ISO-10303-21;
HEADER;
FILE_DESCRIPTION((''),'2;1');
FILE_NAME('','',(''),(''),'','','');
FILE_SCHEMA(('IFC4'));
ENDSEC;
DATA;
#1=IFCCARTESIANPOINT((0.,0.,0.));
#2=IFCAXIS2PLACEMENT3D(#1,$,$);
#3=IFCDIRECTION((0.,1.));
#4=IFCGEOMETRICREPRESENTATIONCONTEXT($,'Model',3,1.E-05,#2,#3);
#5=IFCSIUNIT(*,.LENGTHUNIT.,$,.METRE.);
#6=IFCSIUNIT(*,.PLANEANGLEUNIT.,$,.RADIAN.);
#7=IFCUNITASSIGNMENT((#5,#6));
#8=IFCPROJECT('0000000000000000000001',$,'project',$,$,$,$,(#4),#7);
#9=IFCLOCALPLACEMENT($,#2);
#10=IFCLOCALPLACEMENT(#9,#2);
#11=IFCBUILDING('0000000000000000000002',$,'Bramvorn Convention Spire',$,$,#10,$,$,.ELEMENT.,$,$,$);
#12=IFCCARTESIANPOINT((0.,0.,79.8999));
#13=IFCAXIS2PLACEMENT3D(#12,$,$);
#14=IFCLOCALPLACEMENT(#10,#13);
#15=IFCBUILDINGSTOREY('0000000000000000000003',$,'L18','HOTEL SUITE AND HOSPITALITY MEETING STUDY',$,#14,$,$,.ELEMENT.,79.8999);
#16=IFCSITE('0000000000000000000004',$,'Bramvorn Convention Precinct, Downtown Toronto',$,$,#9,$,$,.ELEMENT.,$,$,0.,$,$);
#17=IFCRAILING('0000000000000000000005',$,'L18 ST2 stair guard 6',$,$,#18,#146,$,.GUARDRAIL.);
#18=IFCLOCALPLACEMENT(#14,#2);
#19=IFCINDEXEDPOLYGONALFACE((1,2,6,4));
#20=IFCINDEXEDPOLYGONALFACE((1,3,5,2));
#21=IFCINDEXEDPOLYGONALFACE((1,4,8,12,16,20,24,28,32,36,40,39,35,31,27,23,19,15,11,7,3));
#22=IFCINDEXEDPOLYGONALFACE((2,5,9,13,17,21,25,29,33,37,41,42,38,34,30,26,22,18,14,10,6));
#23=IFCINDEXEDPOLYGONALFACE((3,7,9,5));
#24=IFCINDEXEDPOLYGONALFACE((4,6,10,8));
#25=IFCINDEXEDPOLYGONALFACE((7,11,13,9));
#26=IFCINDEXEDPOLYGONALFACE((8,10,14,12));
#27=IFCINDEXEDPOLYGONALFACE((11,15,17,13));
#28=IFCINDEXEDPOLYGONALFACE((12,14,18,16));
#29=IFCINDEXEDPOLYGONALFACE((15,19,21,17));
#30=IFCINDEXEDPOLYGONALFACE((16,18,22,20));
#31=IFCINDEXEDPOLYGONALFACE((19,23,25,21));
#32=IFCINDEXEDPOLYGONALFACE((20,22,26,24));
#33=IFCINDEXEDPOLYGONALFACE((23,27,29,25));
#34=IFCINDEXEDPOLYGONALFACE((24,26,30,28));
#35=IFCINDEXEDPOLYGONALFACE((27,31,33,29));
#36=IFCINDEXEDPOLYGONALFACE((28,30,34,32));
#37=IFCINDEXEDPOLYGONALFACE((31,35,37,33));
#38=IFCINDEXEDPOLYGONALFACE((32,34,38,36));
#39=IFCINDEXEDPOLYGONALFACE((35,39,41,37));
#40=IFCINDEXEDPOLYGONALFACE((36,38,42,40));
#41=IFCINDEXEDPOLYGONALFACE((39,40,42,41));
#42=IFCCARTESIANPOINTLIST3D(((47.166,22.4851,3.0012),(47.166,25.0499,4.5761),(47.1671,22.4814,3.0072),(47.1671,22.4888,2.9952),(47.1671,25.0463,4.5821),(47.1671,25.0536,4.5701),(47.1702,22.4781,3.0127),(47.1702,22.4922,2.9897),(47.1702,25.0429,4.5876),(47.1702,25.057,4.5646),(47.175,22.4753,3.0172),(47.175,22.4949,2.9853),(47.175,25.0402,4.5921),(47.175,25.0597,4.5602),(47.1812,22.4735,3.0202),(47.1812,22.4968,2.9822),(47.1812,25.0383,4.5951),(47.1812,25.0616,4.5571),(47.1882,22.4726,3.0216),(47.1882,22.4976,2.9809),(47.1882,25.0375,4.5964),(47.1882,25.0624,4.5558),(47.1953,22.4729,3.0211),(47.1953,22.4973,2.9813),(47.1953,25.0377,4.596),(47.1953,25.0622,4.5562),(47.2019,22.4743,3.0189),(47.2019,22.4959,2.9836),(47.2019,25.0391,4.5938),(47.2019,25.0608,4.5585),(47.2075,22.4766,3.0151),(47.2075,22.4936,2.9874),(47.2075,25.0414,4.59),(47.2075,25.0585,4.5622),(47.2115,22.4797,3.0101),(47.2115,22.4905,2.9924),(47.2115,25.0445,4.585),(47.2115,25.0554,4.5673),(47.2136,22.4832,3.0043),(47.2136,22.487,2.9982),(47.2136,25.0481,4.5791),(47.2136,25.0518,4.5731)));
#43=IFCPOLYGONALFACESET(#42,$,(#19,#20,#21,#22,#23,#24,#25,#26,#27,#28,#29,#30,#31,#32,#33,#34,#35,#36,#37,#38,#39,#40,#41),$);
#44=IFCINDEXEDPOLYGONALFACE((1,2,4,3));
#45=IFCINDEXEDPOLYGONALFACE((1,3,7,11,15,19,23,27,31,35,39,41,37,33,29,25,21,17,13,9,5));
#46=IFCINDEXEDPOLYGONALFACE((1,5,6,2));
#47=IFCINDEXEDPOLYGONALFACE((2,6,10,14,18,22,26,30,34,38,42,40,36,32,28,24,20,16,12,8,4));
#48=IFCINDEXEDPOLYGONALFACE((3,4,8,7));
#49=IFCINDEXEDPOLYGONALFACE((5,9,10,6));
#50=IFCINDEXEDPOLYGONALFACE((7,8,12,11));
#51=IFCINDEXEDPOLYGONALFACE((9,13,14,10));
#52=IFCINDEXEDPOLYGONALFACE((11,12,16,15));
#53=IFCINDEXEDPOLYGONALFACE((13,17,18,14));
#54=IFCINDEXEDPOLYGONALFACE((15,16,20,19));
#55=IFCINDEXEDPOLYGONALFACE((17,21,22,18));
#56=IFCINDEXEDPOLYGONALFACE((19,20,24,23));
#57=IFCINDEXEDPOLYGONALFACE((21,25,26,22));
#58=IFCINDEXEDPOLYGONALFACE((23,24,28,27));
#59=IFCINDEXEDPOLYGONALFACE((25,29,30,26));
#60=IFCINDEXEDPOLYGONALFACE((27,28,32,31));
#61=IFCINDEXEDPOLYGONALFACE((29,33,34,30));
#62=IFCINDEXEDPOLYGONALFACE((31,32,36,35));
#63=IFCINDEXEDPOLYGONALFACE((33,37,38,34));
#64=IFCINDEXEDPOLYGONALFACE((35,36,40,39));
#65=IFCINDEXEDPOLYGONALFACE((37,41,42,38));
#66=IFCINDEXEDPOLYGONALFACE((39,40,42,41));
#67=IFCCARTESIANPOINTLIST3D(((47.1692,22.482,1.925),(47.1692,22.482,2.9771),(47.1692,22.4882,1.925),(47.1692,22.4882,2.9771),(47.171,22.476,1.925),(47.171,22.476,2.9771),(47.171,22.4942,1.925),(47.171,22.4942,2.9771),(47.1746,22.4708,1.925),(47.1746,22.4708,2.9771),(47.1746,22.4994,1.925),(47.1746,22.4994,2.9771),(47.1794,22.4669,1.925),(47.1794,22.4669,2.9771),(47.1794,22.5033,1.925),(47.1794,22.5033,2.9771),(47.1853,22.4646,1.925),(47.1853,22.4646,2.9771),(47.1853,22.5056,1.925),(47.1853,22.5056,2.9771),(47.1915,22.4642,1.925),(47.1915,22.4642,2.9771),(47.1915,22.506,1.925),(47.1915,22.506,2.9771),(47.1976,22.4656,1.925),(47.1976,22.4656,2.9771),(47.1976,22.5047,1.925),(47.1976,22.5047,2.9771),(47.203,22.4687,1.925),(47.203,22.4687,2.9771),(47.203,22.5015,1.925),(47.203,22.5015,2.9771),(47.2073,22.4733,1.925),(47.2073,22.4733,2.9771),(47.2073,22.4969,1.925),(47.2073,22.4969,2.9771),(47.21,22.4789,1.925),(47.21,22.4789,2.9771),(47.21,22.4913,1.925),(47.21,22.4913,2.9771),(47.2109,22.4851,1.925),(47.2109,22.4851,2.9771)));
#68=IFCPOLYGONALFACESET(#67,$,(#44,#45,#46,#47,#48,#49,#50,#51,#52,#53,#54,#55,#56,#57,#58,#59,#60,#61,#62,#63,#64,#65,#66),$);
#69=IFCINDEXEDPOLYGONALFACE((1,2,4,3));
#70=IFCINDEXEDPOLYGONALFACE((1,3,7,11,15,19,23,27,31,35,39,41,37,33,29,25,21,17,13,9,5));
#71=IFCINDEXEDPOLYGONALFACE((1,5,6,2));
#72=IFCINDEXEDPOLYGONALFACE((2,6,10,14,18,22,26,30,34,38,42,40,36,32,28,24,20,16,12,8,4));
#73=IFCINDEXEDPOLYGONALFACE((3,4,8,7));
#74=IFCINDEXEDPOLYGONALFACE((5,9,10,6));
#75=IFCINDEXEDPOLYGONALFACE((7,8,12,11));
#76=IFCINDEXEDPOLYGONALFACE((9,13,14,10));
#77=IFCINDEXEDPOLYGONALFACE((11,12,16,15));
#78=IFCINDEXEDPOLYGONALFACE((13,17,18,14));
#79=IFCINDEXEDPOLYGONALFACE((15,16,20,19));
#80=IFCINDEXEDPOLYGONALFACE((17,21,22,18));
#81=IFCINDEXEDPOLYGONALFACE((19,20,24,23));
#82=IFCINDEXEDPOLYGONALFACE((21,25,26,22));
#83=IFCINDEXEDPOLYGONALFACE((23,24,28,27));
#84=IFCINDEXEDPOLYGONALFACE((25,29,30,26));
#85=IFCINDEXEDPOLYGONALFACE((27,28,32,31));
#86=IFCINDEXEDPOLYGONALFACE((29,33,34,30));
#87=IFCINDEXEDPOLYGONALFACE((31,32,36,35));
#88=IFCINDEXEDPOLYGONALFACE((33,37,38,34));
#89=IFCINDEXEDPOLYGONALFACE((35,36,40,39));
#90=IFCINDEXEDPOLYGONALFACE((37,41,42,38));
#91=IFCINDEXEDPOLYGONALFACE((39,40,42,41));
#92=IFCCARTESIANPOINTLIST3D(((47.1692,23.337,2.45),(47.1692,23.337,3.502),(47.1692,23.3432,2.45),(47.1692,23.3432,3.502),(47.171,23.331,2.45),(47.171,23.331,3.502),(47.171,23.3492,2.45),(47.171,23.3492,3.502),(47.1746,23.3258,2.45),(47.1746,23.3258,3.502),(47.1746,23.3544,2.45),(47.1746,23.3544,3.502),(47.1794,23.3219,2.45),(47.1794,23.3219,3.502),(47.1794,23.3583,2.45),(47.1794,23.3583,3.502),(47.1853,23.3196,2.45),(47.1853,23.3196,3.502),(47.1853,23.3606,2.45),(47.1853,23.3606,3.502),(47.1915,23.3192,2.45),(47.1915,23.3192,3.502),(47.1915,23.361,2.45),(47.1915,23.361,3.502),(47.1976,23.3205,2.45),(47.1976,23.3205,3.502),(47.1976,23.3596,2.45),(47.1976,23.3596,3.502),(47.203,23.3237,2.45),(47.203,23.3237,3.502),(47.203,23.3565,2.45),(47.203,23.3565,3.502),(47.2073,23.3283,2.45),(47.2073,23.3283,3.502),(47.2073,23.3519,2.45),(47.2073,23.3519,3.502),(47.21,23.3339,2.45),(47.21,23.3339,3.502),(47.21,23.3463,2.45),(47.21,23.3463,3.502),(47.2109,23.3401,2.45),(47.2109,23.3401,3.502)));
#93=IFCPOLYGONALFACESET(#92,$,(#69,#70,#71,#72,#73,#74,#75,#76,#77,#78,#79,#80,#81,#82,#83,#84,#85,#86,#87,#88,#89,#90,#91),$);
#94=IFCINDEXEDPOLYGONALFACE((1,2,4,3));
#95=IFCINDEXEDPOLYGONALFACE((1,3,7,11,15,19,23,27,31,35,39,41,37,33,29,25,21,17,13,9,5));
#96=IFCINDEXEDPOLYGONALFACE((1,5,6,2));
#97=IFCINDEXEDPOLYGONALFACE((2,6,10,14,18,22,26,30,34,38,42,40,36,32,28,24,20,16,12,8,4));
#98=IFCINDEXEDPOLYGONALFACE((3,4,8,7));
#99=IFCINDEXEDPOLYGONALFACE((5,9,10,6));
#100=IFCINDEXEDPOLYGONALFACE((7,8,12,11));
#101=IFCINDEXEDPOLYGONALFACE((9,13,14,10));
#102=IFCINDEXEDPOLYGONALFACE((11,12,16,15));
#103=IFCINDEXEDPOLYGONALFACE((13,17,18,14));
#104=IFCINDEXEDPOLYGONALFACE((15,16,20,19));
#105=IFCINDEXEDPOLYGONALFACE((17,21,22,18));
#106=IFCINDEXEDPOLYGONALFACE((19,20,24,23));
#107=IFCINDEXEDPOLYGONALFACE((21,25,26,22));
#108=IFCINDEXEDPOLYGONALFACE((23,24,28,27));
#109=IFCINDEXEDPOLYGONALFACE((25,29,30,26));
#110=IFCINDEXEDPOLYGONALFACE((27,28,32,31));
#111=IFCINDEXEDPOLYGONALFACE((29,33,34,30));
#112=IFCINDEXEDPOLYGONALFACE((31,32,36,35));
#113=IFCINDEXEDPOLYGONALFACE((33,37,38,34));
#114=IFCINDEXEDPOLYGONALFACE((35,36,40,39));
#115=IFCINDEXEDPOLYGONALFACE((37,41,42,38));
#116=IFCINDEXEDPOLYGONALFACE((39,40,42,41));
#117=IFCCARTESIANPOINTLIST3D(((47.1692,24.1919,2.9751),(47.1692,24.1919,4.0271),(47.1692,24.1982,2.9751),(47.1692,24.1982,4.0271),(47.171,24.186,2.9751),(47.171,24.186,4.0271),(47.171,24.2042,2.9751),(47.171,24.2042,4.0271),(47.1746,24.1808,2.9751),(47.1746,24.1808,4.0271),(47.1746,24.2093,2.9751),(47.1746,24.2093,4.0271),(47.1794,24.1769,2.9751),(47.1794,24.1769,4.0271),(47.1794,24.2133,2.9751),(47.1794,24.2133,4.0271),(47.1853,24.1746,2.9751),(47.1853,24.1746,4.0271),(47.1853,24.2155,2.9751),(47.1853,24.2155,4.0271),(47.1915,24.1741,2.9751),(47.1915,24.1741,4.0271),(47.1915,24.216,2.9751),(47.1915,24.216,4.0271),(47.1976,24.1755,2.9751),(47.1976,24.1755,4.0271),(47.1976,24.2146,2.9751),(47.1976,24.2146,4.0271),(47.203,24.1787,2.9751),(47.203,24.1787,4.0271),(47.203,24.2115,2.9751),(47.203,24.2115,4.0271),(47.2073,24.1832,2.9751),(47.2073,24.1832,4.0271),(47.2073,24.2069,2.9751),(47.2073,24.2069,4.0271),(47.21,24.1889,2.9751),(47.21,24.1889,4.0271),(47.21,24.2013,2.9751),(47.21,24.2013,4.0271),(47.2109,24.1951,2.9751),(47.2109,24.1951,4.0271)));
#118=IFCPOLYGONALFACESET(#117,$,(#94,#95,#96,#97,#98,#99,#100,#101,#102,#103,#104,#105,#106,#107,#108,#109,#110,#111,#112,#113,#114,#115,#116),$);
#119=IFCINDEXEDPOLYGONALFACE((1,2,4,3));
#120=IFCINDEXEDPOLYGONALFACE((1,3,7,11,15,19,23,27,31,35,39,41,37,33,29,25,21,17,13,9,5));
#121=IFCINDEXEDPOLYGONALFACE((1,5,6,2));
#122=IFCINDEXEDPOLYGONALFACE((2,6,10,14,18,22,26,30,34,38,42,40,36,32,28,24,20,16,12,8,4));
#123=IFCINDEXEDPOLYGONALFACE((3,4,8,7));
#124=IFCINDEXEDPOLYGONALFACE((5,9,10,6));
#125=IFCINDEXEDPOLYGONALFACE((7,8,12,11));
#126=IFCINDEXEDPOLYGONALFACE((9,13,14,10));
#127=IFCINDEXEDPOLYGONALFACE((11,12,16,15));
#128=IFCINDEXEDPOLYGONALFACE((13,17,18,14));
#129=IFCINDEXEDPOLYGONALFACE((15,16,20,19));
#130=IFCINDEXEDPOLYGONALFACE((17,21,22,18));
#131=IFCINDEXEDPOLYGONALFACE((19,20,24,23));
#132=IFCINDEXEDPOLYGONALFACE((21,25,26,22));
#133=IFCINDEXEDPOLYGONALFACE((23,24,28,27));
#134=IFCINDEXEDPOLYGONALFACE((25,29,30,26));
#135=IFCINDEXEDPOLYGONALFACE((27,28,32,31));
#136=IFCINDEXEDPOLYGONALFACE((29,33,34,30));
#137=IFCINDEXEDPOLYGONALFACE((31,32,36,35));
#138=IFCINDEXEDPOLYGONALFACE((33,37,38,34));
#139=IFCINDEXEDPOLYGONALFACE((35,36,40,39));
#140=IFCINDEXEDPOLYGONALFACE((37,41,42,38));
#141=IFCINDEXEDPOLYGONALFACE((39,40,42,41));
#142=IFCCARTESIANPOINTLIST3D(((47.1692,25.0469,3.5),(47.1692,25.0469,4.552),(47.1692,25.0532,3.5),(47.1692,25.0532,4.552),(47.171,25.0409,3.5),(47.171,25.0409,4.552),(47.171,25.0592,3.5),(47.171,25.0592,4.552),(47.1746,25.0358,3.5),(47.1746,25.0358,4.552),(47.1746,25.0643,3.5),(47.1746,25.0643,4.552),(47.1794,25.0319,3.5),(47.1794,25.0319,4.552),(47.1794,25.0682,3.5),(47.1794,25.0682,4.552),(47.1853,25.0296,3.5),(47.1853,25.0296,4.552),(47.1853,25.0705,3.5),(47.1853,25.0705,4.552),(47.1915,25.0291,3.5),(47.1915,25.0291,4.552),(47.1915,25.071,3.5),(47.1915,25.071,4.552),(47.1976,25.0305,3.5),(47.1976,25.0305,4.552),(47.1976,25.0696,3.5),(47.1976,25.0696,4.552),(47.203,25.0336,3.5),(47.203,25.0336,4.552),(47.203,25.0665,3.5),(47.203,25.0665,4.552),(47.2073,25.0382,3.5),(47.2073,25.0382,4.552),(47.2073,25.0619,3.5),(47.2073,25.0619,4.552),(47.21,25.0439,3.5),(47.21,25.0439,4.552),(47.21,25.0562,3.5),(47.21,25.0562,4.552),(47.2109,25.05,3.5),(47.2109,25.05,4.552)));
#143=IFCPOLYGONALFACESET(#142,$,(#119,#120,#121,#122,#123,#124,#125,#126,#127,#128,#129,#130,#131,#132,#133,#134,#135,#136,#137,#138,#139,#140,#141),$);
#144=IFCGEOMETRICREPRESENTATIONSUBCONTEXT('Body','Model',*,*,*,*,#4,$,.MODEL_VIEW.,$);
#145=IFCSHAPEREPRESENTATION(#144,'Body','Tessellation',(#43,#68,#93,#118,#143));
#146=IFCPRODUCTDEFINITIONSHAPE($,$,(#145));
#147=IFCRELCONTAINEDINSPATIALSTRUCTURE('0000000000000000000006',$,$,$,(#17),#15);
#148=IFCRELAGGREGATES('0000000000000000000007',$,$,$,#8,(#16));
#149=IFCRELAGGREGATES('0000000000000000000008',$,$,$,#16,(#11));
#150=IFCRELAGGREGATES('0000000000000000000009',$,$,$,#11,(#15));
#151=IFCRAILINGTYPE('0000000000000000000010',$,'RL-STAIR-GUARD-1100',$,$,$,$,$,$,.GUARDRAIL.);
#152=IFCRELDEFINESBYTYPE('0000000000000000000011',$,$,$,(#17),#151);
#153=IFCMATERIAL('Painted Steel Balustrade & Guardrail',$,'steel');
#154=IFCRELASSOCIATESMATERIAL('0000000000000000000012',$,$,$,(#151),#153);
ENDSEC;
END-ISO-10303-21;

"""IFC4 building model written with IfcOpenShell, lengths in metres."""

from ifc_helpers import new_model, si_unit, direction, frame, origin, origin_2d, place, context, subcontext, project, spatial, circle, extrude, material, type_object, element, save


model = new_model("IFC4")

# Units and contexts
model_context = context("Model", 3, precision=1e-05, world=origin(), true_north=direction((0.0, 1.0)))
body_context = subcontext(model_context, "Body", "Model", "MODEL_VIEW")
ifc_project = project(units=[si_unit("LENGTHUNIT", "METRE"), si_unit("PLANEANGLEUNIT", "RADIAN")], contexts=[model_context])

# Site, building, storey
site_placement = place(None, origin())
site = spatial("IfcSite", under=ifc_project, at=site_placement, Name="Bramvorn Convention Precinct, Downtown Toronto", CompositionType="ELEMENT", RefElevation=0.0)
building_placement = place(site_placement, origin())
building = spatial("IfcBuilding", under=site, at=building_placement, Name="Bramvorn Convention Spire", CompositionType="ELEMENT")
storey_placement = place(building_placement, frame((0.0, 0.0, 79.8999)))
storey = spatial("IfcBuildingStorey", under=building, at=storey_placement, Name="L18", Description="HOTEL SUITE AND HOSPITALITY MEETING STUDY", CompositionType="ELEMENT", Elevation=79.8999)

# Railing
ifc_material_1 = material(Name="Painted Steel Balustrade & Guardrail", Category="steel")
railing_type_1 = type_object("IfcRailingType", Name="RL-STAIR-GUARD-1100", PredefinedType="GUARDRAIL", material=ifc_material_1)
railing_1_placement = place(storey_placement, frame((47.1899, 22.4851, 1.925)))
element("IfcRailing", 1, at=railing_1_placement, inside=storey, type_object=railing_type_1, Name="L18 ST2 stair guard 6", PredefinedType="GUARDRAIL", context=body_context, shape_type="SweptSolid", body=[
    extrude(circle(Radius=0.0239, at=origin_2d()), frame((0.0, 0.0, 1.0762), z_axis=(0.0, 0.852173, 0.52326), x_axis=(-1.0, 0.0, 0.0)), (0.0, 0.0, 1.0), 3.0098),
    extrude(circle(Radius=0.021, at=origin_2d()), origin(), (0.0, 0.0, 1.0), 1.052),
    extrude(circle(Radius=0.021, at=origin_2d()), frame((0.0, 0.855, 0.5249)), (0.0, 0.0, 1.0), 1.052),
    extrude(circle(Radius=0.021, at=origin_2d()), frame((0.0, 1.71, 1.05)), (0.0, 0.0, 1.0), 1.052),
    extrude(circle(Radius=0.021, at=origin_2d()), frame((0.0, 2.5649, 1.575)), (0.0, 0.0, 1.0), 1.052),
])

save(model, "model.ifc")
